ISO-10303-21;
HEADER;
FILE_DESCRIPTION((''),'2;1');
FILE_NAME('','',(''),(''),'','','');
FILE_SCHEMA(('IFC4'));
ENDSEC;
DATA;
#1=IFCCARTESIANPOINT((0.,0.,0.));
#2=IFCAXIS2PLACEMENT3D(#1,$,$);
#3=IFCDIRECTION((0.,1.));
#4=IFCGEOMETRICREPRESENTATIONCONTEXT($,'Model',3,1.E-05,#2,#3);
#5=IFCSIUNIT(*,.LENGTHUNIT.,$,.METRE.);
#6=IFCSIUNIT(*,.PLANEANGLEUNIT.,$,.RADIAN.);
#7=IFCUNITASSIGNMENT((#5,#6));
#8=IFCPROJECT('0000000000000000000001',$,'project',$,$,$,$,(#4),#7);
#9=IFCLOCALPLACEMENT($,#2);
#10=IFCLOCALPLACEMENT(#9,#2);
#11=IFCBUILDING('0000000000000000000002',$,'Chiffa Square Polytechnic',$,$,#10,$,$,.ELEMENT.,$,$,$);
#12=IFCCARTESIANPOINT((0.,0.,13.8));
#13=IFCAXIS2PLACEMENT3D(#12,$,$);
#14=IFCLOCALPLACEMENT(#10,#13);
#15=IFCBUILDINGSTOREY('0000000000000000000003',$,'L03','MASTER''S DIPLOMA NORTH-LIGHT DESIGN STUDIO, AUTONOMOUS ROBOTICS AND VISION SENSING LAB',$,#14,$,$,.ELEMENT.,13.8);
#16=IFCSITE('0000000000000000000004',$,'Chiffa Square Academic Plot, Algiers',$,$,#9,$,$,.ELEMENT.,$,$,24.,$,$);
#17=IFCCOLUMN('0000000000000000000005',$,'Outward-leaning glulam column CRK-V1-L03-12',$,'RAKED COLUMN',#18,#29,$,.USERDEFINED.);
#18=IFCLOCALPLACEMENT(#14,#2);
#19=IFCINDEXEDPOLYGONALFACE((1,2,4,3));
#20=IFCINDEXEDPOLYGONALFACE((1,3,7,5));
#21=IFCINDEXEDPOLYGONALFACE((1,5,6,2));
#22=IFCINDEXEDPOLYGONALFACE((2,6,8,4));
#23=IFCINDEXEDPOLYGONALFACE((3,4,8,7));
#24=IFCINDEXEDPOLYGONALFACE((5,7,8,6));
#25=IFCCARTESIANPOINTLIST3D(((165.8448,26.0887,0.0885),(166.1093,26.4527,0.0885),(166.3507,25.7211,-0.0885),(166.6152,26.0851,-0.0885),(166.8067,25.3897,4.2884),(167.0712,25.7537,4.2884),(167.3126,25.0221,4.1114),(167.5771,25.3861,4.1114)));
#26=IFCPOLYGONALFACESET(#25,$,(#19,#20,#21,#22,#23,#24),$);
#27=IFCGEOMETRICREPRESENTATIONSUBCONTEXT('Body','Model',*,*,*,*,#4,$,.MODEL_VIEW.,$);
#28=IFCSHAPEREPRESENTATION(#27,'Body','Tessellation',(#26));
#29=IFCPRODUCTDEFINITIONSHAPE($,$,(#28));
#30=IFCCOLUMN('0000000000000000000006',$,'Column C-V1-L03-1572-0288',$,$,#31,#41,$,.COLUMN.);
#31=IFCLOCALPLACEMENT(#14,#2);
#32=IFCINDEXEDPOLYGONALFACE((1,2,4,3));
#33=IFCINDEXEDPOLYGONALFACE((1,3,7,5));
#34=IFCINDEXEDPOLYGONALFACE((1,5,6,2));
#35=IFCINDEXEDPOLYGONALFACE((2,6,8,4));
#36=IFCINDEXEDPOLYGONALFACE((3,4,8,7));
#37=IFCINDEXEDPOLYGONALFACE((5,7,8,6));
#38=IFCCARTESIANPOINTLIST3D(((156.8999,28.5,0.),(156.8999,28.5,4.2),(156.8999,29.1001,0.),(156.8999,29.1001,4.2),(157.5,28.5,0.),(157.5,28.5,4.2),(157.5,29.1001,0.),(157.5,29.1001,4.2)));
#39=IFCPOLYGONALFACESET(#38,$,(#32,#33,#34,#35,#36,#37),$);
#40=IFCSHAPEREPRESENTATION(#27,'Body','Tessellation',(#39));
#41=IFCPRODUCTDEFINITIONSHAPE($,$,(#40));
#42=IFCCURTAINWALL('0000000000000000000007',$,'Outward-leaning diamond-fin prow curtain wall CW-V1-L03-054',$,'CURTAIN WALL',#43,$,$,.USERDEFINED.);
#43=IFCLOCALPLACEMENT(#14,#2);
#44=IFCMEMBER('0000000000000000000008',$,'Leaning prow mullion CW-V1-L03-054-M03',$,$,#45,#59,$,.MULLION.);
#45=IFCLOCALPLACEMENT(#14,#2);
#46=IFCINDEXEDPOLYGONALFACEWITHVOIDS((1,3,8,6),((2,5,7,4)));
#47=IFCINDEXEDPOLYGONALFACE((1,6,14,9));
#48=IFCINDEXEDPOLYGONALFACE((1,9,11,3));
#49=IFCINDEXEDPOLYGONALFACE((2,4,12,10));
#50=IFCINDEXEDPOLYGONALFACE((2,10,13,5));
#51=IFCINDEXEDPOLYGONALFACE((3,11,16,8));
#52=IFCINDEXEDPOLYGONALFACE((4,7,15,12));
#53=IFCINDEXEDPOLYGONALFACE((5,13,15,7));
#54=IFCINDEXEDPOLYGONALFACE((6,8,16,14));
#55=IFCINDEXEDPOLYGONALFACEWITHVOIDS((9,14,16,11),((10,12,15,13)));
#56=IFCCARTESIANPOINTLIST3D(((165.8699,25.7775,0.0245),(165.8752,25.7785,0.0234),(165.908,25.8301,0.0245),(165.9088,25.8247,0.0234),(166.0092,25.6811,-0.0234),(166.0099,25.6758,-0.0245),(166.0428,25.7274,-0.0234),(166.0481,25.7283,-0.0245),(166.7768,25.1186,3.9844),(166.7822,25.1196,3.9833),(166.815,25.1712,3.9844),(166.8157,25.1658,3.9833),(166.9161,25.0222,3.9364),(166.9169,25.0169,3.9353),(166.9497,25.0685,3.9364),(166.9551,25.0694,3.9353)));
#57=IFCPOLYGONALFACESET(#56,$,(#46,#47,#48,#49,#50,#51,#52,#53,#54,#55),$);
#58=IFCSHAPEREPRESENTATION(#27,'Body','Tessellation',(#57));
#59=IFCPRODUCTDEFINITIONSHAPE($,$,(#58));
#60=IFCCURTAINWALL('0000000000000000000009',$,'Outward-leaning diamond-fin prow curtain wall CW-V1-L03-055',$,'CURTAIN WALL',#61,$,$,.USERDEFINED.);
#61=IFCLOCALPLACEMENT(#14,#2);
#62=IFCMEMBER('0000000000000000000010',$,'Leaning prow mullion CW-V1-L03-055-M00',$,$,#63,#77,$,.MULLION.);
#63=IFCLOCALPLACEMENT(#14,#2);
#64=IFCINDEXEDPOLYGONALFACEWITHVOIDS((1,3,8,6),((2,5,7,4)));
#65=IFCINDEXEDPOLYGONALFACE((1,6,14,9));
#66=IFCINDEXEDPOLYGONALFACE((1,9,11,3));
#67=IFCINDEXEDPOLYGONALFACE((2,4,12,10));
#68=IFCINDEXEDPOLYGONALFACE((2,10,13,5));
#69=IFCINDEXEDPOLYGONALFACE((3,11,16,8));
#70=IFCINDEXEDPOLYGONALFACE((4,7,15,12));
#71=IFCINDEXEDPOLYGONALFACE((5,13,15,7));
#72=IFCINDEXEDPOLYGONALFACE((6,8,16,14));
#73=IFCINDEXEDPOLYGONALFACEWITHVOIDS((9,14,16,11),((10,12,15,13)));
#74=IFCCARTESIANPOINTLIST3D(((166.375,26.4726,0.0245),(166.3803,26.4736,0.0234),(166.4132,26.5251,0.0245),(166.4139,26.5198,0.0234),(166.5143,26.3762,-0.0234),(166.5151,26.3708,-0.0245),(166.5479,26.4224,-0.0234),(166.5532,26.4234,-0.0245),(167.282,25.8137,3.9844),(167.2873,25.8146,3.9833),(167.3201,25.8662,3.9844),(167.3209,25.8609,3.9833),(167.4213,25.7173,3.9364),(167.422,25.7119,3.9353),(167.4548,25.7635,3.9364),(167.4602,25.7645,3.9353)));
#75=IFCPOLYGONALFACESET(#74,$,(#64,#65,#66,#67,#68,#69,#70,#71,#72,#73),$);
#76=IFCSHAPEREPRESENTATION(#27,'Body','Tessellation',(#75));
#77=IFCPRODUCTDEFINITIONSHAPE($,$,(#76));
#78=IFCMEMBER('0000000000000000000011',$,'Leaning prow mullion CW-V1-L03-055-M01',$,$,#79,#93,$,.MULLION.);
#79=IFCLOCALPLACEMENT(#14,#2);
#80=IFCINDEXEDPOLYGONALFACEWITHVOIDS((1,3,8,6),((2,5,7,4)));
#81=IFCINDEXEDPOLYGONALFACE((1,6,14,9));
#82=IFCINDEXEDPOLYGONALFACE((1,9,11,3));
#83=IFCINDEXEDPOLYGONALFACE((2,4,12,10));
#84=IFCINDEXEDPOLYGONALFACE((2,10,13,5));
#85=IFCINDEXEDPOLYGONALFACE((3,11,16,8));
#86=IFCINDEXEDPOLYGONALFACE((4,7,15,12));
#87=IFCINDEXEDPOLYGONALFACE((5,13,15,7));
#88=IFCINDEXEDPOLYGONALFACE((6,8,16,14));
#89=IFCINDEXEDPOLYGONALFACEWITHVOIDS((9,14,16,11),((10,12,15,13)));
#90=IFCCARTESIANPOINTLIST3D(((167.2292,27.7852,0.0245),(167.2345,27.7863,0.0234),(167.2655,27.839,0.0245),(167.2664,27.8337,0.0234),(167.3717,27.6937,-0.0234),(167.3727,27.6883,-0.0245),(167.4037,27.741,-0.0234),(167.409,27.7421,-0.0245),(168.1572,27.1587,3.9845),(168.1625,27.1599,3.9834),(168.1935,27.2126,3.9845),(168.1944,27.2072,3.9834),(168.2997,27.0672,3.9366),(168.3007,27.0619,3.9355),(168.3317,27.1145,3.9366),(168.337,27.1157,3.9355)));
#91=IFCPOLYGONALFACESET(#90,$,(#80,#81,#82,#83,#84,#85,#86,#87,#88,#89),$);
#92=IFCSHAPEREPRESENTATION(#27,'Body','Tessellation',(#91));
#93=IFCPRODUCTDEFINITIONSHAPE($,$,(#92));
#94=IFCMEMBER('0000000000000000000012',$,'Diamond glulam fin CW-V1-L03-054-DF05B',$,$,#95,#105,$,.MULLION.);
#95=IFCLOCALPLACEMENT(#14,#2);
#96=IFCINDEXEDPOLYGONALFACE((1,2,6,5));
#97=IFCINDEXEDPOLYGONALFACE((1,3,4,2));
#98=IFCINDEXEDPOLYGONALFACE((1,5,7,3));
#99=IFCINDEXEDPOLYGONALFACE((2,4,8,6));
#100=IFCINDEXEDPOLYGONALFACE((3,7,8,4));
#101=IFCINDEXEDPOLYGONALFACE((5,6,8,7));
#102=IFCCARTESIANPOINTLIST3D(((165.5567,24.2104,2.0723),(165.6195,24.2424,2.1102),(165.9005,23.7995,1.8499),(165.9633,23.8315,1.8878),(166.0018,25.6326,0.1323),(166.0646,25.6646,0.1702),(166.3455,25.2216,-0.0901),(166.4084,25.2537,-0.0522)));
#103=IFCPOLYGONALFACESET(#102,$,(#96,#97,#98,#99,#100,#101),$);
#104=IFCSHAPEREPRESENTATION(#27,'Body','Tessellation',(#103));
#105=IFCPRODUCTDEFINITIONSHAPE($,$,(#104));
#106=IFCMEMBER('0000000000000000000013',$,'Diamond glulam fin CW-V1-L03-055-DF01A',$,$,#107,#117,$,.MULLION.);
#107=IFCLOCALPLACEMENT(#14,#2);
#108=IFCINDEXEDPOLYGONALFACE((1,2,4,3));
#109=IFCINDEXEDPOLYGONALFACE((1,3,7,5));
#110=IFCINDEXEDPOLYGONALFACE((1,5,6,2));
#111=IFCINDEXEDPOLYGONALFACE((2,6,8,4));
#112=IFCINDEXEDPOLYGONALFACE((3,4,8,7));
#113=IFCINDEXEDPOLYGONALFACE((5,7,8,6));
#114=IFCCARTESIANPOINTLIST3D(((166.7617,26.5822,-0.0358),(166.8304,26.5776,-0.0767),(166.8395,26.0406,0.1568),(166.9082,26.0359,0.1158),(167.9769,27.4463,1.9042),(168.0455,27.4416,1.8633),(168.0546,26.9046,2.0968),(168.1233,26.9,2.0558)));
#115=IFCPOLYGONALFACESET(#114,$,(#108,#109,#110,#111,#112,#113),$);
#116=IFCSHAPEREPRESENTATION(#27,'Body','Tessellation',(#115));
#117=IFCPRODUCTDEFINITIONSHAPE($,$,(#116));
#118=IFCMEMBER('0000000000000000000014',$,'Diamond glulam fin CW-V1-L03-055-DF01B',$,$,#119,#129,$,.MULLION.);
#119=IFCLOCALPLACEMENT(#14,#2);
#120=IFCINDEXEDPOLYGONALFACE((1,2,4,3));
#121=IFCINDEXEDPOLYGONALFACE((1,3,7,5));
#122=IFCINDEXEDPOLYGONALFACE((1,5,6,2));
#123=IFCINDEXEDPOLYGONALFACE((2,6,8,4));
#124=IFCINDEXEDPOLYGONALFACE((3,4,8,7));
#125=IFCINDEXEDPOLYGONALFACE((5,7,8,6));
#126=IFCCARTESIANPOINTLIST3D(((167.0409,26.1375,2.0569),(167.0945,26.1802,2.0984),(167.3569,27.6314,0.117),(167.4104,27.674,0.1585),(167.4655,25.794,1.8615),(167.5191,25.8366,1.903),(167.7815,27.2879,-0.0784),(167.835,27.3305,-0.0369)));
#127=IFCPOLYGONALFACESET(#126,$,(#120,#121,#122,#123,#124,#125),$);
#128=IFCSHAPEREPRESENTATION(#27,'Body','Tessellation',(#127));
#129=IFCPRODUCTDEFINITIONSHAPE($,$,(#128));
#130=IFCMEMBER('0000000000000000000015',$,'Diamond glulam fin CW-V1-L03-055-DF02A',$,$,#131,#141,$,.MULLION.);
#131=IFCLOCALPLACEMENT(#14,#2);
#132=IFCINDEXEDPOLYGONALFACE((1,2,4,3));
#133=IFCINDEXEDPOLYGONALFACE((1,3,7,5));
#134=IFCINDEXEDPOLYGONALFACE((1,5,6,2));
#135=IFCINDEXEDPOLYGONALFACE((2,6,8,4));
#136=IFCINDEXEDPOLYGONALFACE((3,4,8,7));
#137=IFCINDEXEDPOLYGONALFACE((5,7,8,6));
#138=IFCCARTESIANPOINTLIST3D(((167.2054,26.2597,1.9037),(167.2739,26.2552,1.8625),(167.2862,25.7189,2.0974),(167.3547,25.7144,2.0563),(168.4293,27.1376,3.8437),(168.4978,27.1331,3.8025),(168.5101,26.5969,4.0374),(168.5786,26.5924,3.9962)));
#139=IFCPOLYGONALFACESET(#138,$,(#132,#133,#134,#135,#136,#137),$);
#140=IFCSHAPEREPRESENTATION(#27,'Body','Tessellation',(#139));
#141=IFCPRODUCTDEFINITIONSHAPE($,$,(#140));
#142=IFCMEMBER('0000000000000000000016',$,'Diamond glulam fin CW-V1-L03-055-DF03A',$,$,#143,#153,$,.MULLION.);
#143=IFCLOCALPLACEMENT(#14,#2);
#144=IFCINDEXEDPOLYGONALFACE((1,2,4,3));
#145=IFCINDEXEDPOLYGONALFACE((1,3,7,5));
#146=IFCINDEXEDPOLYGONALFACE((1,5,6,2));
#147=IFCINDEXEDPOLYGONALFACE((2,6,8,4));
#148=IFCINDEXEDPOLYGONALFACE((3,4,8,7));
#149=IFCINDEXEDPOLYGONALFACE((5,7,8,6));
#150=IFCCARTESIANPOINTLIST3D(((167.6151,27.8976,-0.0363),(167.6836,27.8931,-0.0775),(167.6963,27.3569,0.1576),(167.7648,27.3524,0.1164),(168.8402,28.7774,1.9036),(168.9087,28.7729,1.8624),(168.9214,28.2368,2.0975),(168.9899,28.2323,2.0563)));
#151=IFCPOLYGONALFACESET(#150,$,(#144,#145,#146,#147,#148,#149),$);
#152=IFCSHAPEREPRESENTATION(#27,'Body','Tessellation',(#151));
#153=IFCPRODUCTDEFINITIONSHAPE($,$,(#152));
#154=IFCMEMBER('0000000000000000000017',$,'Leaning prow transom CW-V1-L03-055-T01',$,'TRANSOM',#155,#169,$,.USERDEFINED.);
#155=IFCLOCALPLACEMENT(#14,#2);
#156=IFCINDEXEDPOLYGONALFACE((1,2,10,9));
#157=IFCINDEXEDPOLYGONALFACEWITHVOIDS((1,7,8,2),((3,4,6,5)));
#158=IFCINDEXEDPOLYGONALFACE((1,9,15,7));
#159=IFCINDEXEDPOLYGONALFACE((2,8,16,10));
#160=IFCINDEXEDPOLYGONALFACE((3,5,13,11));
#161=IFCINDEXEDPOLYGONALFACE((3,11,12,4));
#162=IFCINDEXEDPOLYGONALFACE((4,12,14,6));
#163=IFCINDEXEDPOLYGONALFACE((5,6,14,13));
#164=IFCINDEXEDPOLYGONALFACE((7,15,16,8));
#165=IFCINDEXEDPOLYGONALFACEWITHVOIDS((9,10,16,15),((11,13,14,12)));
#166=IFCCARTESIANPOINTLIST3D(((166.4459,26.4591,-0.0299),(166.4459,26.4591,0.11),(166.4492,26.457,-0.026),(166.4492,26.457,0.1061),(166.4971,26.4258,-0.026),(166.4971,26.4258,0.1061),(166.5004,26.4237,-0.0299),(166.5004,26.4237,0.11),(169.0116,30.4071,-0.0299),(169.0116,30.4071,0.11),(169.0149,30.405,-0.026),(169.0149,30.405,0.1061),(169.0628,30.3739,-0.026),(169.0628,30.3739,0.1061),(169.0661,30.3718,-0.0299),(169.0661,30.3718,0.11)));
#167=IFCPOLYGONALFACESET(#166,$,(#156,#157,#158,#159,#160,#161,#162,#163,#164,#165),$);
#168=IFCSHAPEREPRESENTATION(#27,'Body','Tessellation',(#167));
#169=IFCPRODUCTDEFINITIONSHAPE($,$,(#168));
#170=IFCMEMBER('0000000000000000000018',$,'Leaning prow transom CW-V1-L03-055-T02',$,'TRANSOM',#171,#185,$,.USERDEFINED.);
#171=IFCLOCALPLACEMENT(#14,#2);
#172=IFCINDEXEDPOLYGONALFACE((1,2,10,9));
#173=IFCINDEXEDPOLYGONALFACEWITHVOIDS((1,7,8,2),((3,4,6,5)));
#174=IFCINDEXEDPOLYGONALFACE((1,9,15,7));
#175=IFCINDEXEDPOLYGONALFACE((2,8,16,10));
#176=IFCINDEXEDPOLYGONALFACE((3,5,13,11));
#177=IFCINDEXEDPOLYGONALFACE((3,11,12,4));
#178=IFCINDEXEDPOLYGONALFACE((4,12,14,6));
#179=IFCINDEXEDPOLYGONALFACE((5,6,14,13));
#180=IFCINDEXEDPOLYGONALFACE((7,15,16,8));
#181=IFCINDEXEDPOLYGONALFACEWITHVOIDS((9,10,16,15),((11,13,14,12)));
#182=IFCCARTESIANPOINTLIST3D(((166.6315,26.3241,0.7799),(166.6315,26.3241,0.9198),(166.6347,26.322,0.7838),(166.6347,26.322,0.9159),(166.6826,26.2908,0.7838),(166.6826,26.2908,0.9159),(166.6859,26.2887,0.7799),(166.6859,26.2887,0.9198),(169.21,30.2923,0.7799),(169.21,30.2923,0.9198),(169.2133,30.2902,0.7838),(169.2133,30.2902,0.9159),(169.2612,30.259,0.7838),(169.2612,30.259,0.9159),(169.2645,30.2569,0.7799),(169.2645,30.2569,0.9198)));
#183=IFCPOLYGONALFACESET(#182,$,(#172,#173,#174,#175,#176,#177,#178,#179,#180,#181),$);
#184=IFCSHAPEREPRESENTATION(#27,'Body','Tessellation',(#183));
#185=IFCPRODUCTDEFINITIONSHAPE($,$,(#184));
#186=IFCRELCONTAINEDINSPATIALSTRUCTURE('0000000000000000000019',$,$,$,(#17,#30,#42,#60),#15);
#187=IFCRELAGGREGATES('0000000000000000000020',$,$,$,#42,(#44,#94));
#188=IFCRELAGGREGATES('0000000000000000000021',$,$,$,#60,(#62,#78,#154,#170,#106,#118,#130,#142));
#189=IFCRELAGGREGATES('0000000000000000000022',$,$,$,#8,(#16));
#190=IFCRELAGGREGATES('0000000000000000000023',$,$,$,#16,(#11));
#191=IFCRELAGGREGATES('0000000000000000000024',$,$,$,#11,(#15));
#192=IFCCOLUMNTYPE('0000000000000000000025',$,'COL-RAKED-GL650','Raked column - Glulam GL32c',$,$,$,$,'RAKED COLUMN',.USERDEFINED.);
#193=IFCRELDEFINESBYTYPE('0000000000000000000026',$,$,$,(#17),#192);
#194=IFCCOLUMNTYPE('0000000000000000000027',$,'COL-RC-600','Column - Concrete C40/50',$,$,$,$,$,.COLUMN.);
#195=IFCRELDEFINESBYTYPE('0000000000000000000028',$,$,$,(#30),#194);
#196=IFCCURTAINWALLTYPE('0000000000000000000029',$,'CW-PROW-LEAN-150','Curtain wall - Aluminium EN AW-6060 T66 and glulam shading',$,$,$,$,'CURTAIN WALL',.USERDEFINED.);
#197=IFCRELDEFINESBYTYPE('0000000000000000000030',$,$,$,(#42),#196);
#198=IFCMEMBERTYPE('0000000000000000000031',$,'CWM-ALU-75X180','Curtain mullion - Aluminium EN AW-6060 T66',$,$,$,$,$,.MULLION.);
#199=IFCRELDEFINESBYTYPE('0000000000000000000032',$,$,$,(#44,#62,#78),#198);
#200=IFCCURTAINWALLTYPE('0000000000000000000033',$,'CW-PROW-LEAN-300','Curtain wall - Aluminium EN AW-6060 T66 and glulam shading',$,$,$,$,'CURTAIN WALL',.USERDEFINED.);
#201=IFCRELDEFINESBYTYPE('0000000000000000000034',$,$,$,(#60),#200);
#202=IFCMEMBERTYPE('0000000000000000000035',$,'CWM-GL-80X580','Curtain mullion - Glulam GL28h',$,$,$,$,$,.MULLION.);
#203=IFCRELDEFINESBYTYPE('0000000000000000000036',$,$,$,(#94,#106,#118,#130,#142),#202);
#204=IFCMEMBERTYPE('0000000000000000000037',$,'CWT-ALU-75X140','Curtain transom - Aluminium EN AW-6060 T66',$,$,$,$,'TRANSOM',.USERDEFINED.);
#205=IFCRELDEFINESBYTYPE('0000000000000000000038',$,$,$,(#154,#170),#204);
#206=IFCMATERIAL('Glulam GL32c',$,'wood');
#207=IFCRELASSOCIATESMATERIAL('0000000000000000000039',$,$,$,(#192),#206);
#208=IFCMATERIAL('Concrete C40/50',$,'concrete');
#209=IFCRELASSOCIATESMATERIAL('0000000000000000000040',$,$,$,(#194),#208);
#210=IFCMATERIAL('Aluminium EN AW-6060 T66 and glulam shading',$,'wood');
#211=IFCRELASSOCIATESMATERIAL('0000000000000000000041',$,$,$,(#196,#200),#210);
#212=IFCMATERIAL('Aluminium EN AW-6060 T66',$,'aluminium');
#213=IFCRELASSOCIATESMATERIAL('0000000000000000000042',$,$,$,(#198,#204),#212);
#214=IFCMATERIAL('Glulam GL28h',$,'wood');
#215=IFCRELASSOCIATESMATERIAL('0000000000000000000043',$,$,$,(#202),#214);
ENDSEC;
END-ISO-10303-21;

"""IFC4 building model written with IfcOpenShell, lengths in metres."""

from ifc_helpers import new_model, si_unit, direction, frame, origin, origin_2d, place, context, subcontext, project, spatial, rectangle, hollow_rectangle, extrude, material, material_profile, profile_set, type_object, element, aggregate, save


model = new_model("IFC4")

# Units and contexts
model_context = context("Model", 3, precision=1e-05, world=origin(), true_north=direction((0.0, 1.0)))
body_context = subcontext(model_context, "Body", "Model", "MODEL_VIEW")
ifc_project = project(units=[si_unit("LENGTHUNIT", "METRE"), si_unit("PLANEANGLEUNIT", "RADIAN")], contexts=[model_context])

# Site, building, storey
site_placement = place(None, origin())
site = spatial("IfcSite", under=ifc_project, at=site_placement, Name="Chiffa Square Academic Plot, Algiers", CompositionType="ELEMENT", RefElevation=24.0)
building_placement = place(site_placement, origin())
building = spatial("IfcBuilding", under=site, at=building_placement, Name="Chiffa Square Polytechnic", CompositionType="ELEMENT")
storey_placement = place(building_placement, frame((0.0, 0.0, 13.8)))
storey = spatial("IfcBuildingStorey", under=building, at=storey_placement, Name="L03", Description="MASTER'S DIPLOMA NORTH-LIGHT DESIGN STUDIO, AUTONOMOUS ROBOTICS AND VISION SENSING LAB", CompositionType="ELEMENT", Elevation=13.8)

# Columns
ifc_material_1 = material(Name="Glulam GL32c", Category="wood")
ifc_material_profile_1 = material_profile(ifc_material_1, rectangle(XDim=0.45, YDim=0.6499, at=origin_2d()), Name="GL32c 450x650")
ifc_profile_set_1 = profile_set([ifc_material_profile_1], Name="Glulam GL32c")
column_type_1 = type_object("IfcColumnType", Name="COL-RAKED-GL650", Description="Raked column - Glulam GL32c", ElementType="RAKED COLUMN", PredefinedType="USERDEFINED", material=ifc_profile_set_1)
column_1_placement = place(storey_placement, frame((166.23, 26.0869, 0.0), z_axis=(0.220369, -0.160131, 0.962183), x_axis=(0.587842, 0.808976, 0.0)))
element("IfcColumn", 1, at=column_1_placement, inside=storey, type_object=column_type_1, Name="Outward-leaning glulam column CRK-V1-L03-12", ObjectType="RAKED COLUMN", PredefinedType="USERDEFINED", context=body_context, shape_type="SweptSolid", body=[
    extrude(rectangle(XDim=0.45, YDim=0.6499, at=origin_2d()), origin(), (0.0, 0.0, 1.0), 4.365),
])
ifc_material_2 = material(Name="Concrete C40/50", Category="concrete")
ifc_material_profile_2 = material_profile(ifc_material_2, rectangle(XDim=0.6001, YDim=0.6001, at=origin_2d()), Name="RC 600x600")
ifc_profile_set_2 = profile_set([ifc_material_profile_2], Name="Concrete C40/50")
column_type_2 = type_object("IfcColumnType", Name="COL-RC-600", Description="Column - Concrete C40/50", PredefinedType="COLUMN", material=ifc_profile_set_2)
column_2_placement = place(storey_placement, frame((157.2, 28.8, 0.0), z_axis=(0.0, 0.0, 1.0), x_axis=(1.0, 0.0, 0.0)))
element("IfcColumn", 2, at=column_2_placement, inside=storey, type_object=column_type_2, Name="Column C-V1-L03-1572-0288", PredefinedType="COLUMN", context=body_context, shape_type="SweptSolid", body=[
    extrude(rectangle(XDim=0.6001, YDim=0.6001, at=origin_2d()), origin(), (0.0, 0.0, 1.0), 4.2),
])

# Curtain wall, member
ifc_material_3 = material(Name="Aluminium EN AW-6060 T66 and glulam shading", Category="wood")
curtain_wall_type_1 = type_object("IfcCurtainWallType", Name="CW-PROW-LEAN-150", Description="Curtain wall - Aluminium EN AW-6060 T66 and glulam shading", ElementType="CURTAIN WALL", PredefinedType="USERDEFINED", material=ifc_material_3)
curtain_wall_1_placement = place(storey_placement, origin())
curtain_wall_1 = element("IfcCurtainWall", 3, at=curtain_wall_1_placement, inside=storey, type_object=curtain_wall_type_1, Name="Outward-leaning diamond-fin prow curtain wall CW-V1-L03-054", ObjectType="CURTAIN WALL", PredefinedType="USERDEFINED")
ifc_material_4 = material(Name="Aluminium EN AW-6060 T66", Category="aluminium")
ifc_material_profile_3 = material_profile(ifc_material_4, hollow_rectangle(XDim=0.0649, YDim=0.1799, WallThickness=0.0039, at=origin_2d()), Name="ALU 65x180x4")
ifc_profile_set_3 = profile_set([ifc_material_profile_3], Name="Aluminium EN AW-6060 T66")
member_type_1 = type_object("IfcMemberType", Name="CWM-ALU-75X180", Description="Curtain mullion - Aluminium EN AW-6060 T66", PredefinedType="MULLION", material=ifc_profile_set_3)
member_1_placement = place(storey_placement, frame((165.959, 25.7529, 0.0), z_axis=(0.220377, -0.160107, 0.962185), x_axis=(0.58777, 0.809028, 0.0)))
member_1 = element("IfcMember", 4, at=member_1_placement, type_object=member_type_1, Name="Leaning prow mullion CW-V1-L03-054-M03", PredefinedType="MULLION", context=body_context, shape_type="SweptSolid", body=[
    extrude(hollow_rectangle(XDim=0.0649, YDim=0.1799, WallThickness=0.0039, at=origin_2d()), origin(), (0.0, 0.0, 1.0), 4.1155),
])

# Curtain wall, members
curtain_wall_type_2 = type_object("IfcCurtainWallType", Name="CW-PROW-LEAN-300", Description="Curtain wall - Aluminium EN AW-6060 T66 and glulam shading", ElementType="CURTAIN WALL", PredefinedType="USERDEFINED", material=ifc_material_3)
curtain_wall_2_placement = place(storey_placement, origin())
curtain_wall_2 = element("IfcCurtainWall", 5, at=curtain_wall_2_placement, inside=storey, type_object=curtain_wall_type_2, Name="Outward-leaning diamond-fin prow curtain wall CW-V1-L03-055", ObjectType="CURTAIN WALL", PredefinedType="USERDEFINED")
member_2_placement = place(storey_placement, frame((166.4641, 26.448, 0.0), z_axis=(0.220377, -0.160107, 0.962185), x_axis=(0.58777, 0.809028, 0.0)))
member_2 = element("IfcMember", 6, at=member_2_placement, type_object=member_type_1, Name="Leaning prow mullion CW-V1-L03-055-M00", PredefinedType="MULLION", context=body_context, shape_type="SweptSolid", body=[
    extrude(hollow_rectangle(XDim=0.0649, YDim=0.1799, WallThickness=0.0039, at=origin_2d()), origin(), (0.0, 0.0, 1.0), 4.1155),
])
member_3_placement = place(storey_placement, frame((167.3191, 27.7637, 0.0), z_axis=(0.2255, -0.152232, 0.962276), x_axis=(0.559522, 0.828816, 0.0)))
member_3 = element("IfcMember", 7, at=member_3_placement, type_object=member_type_1, Name="Leaning prow mullion CW-V1-L03-055-M01", PredefinedType="MULLION", context=body_context, shape_type="SweptSolid", body=[
    extrude(hollow_rectangle(XDim=0.0649, YDim=0.1799, WallThickness=0.0039, at=origin_2d()), origin(), (0.0, 0.0, 1.0), 4.1152),
])

# Members
ifc_material_5 = material(Name="Glulam GL28h", Category="wood")
ifc_material_profile_4 = material_profile(ifc_material_5, rectangle(XDim=0.0801, YDim=0.5801, at=origin_2d()), Name="GL28h 80x580")
ifc_profile_set_4 = profile_set([ifc_material_profile_4], Name="Glulam GL28h")
member_type_2 = type_object("IfcMemberType", Name="CWM-GL-80X580", Description="Curtain mullion - Glulam GL28h", PredefinedType="MULLION", material=ifc_profile_set_4)
member_4_placement = place(storey_placement, frame((166.2051, 25.4431, 0.04), z_axis=(-0.181943, -0.581359, 0.793044), x_axis=(0.784672, 0.400216, 0.47341)))
member_4 = element("IfcMember", 8, at=member_4_placement, type_object=member_type_2, Name="Diamond glulam fin CW-V1-L03-054-DF05B", PredefinedType="MULLION", context=body_context, shape_type="SweptSolid", body=[
    extrude(rectangle(XDim=0.0801, YDim=0.5801, at=origin_2d()), origin(), (0.0, 0.0, 1.0), 2.4463),
])
aggregate(curtain_wall_1, [member_1, member_4])
member_5_placement = place(storey_placement, frame((166.835, 26.3091, 0.04), z_axis=(0.496624, 0.353135, 0.792881), x_axis=(-0.857548, 0.058516, 0.511066)))
member_5 = element("IfcMember", 9, at=member_5_placement, type_object=member_type_2, Name="Diamond glulam fin CW-V1-L03-055-DF01A", PredefinedType="MULLION", context=body_context, shape_type="SweptSolid", body=[
    extrude(rectangle(XDim=0.0801, YDim=0.5801, at=origin_2d()), origin(), (0.0, 0.0, 1.0), 2.4468),
])
member_6_placement = place(storey_placement, frame((167.5959, 27.481, 0.04), z_axis=(-0.127965, -0.605114, 0.785788), x_axis=(0.669203, 0.532074, 0.518715)))
member_6 = element("IfcMember", 10, at=member_6_placement, type_object=member_type_2, Name="Diamond glulam fin CW-V1-L03-055-DF01B", PredefinedType="MULLION", context=body_context, shape_type="SweptSolid", body=[
    extrude(rectangle(XDim=0.0801, YDim=0.5801, at=origin_2d()), origin(), (0.0, 0.0, 1.0), 2.4688),
])
member_7_placement = place(storey_placement, frame((167.28, 25.9871, 1.98), z_axis=(0.498318, 0.357461, 0.789874), x_axis=(-0.855733, 0.056428, 0.514331)))
member_7 = element("IfcMember", 11, at=member_7_placement, type_object=member_type_2, Name="Diamond glulam fin CW-V1-L03-055-DF02A", PredefinedType="MULLION", context=body_context, shape_type="SweptSolid", body=[
    extrude(rectangle(XDim=0.0801, YDim=0.5801, at=origin_2d()), origin(), (0.0, 0.0, 1.0), 2.4561),
])
member_8_placement = place(storey_placement, frame((167.6899, 27.625, 0.04), z_axis=(0.49855, 0.358066, 0.789454), x_axis=(-0.85548, 0.056137, 0.514785)))
member_8 = element("IfcMember", 12, at=member_8_placement, type_object=member_type_2, Name="Diamond glulam fin CW-V1-L03-055-DF03A", PredefinedType="MULLION", context=body_context, shape_type="SweptSolid", body=[
    extrude(rectangle(XDim=0.0801, YDim=0.5801, at=origin_2d()), origin(), (0.0, 0.0, 1.0), 2.4573),
])
ifc_material_profile_5 = material_profile(ifc_material_4, hollow_rectangle(XDim=0.0649, YDim=0.1399, WallThickness=0.0039, at=origin_2d()), Name="ALU 65x140x4")
ifc_profile_set_5 = profile_set([ifc_material_profile_5], Name="Aluminium EN AW-6060 T66")
member_type_3 = type_object("IfcMemberType", Name="CWT-ALU-75X140", Description="Curtain transom - Aluminium EN AW-6060 T66", ElementType="TRANSOM", PredefinedType="USERDEFINED", material=ifc_profile_set_5)
member_9_placement = place(storey_placement, frame((166.4731, 26.4414, 0.04), z_axis=(0.54491, 0.838495, 0.0), x_axis=(-0.838495, 0.54491, 0.0)))
member_9 = element("IfcMember", 13, at=member_9_placement, type_object=member_type_3, Name="Leaning prow transom CW-V1-L03-055-T01", ObjectType="TRANSOM", PredefinedType="USERDEFINED", context=body_context, shape_type="SweptSolid", body=[
    extrude(hollow_rectangle(XDim=0.0649, YDim=0.1399, WallThickness=0.0039, at=origin_2d()), origin(), (0.0, 0.0, 1.0), 4.7085),
])
member_10_placement = place(storey_placement, frame((166.6587, 26.3064, 0.8499), z_axis=(0.544876, 0.838517, 0.0), x_axis=(-0.838517, 0.544876, 0.0)))
member_10 = element("IfcMember", 14, at=member_10_placement, type_object=member_type_3, Name="Leaning prow transom CW-V1-L03-055-T02", ObjectType="TRANSOM", PredefinedType="USERDEFINED", context=body_context, shape_type="SweptSolid", body=[
    extrude(hollow_rectangle(XDim=0.0649, YDim=0.1399, WallThickness=0.0039, at=origin_2d()), origin(), (0.0, 0.0, 1.0), 4.7324),
])

aggregate(curtain_wall_2, [member_2, member_3, member_9, member_10, member_5, member_6, member_7, member_8])

save(model, "model.ifc")
